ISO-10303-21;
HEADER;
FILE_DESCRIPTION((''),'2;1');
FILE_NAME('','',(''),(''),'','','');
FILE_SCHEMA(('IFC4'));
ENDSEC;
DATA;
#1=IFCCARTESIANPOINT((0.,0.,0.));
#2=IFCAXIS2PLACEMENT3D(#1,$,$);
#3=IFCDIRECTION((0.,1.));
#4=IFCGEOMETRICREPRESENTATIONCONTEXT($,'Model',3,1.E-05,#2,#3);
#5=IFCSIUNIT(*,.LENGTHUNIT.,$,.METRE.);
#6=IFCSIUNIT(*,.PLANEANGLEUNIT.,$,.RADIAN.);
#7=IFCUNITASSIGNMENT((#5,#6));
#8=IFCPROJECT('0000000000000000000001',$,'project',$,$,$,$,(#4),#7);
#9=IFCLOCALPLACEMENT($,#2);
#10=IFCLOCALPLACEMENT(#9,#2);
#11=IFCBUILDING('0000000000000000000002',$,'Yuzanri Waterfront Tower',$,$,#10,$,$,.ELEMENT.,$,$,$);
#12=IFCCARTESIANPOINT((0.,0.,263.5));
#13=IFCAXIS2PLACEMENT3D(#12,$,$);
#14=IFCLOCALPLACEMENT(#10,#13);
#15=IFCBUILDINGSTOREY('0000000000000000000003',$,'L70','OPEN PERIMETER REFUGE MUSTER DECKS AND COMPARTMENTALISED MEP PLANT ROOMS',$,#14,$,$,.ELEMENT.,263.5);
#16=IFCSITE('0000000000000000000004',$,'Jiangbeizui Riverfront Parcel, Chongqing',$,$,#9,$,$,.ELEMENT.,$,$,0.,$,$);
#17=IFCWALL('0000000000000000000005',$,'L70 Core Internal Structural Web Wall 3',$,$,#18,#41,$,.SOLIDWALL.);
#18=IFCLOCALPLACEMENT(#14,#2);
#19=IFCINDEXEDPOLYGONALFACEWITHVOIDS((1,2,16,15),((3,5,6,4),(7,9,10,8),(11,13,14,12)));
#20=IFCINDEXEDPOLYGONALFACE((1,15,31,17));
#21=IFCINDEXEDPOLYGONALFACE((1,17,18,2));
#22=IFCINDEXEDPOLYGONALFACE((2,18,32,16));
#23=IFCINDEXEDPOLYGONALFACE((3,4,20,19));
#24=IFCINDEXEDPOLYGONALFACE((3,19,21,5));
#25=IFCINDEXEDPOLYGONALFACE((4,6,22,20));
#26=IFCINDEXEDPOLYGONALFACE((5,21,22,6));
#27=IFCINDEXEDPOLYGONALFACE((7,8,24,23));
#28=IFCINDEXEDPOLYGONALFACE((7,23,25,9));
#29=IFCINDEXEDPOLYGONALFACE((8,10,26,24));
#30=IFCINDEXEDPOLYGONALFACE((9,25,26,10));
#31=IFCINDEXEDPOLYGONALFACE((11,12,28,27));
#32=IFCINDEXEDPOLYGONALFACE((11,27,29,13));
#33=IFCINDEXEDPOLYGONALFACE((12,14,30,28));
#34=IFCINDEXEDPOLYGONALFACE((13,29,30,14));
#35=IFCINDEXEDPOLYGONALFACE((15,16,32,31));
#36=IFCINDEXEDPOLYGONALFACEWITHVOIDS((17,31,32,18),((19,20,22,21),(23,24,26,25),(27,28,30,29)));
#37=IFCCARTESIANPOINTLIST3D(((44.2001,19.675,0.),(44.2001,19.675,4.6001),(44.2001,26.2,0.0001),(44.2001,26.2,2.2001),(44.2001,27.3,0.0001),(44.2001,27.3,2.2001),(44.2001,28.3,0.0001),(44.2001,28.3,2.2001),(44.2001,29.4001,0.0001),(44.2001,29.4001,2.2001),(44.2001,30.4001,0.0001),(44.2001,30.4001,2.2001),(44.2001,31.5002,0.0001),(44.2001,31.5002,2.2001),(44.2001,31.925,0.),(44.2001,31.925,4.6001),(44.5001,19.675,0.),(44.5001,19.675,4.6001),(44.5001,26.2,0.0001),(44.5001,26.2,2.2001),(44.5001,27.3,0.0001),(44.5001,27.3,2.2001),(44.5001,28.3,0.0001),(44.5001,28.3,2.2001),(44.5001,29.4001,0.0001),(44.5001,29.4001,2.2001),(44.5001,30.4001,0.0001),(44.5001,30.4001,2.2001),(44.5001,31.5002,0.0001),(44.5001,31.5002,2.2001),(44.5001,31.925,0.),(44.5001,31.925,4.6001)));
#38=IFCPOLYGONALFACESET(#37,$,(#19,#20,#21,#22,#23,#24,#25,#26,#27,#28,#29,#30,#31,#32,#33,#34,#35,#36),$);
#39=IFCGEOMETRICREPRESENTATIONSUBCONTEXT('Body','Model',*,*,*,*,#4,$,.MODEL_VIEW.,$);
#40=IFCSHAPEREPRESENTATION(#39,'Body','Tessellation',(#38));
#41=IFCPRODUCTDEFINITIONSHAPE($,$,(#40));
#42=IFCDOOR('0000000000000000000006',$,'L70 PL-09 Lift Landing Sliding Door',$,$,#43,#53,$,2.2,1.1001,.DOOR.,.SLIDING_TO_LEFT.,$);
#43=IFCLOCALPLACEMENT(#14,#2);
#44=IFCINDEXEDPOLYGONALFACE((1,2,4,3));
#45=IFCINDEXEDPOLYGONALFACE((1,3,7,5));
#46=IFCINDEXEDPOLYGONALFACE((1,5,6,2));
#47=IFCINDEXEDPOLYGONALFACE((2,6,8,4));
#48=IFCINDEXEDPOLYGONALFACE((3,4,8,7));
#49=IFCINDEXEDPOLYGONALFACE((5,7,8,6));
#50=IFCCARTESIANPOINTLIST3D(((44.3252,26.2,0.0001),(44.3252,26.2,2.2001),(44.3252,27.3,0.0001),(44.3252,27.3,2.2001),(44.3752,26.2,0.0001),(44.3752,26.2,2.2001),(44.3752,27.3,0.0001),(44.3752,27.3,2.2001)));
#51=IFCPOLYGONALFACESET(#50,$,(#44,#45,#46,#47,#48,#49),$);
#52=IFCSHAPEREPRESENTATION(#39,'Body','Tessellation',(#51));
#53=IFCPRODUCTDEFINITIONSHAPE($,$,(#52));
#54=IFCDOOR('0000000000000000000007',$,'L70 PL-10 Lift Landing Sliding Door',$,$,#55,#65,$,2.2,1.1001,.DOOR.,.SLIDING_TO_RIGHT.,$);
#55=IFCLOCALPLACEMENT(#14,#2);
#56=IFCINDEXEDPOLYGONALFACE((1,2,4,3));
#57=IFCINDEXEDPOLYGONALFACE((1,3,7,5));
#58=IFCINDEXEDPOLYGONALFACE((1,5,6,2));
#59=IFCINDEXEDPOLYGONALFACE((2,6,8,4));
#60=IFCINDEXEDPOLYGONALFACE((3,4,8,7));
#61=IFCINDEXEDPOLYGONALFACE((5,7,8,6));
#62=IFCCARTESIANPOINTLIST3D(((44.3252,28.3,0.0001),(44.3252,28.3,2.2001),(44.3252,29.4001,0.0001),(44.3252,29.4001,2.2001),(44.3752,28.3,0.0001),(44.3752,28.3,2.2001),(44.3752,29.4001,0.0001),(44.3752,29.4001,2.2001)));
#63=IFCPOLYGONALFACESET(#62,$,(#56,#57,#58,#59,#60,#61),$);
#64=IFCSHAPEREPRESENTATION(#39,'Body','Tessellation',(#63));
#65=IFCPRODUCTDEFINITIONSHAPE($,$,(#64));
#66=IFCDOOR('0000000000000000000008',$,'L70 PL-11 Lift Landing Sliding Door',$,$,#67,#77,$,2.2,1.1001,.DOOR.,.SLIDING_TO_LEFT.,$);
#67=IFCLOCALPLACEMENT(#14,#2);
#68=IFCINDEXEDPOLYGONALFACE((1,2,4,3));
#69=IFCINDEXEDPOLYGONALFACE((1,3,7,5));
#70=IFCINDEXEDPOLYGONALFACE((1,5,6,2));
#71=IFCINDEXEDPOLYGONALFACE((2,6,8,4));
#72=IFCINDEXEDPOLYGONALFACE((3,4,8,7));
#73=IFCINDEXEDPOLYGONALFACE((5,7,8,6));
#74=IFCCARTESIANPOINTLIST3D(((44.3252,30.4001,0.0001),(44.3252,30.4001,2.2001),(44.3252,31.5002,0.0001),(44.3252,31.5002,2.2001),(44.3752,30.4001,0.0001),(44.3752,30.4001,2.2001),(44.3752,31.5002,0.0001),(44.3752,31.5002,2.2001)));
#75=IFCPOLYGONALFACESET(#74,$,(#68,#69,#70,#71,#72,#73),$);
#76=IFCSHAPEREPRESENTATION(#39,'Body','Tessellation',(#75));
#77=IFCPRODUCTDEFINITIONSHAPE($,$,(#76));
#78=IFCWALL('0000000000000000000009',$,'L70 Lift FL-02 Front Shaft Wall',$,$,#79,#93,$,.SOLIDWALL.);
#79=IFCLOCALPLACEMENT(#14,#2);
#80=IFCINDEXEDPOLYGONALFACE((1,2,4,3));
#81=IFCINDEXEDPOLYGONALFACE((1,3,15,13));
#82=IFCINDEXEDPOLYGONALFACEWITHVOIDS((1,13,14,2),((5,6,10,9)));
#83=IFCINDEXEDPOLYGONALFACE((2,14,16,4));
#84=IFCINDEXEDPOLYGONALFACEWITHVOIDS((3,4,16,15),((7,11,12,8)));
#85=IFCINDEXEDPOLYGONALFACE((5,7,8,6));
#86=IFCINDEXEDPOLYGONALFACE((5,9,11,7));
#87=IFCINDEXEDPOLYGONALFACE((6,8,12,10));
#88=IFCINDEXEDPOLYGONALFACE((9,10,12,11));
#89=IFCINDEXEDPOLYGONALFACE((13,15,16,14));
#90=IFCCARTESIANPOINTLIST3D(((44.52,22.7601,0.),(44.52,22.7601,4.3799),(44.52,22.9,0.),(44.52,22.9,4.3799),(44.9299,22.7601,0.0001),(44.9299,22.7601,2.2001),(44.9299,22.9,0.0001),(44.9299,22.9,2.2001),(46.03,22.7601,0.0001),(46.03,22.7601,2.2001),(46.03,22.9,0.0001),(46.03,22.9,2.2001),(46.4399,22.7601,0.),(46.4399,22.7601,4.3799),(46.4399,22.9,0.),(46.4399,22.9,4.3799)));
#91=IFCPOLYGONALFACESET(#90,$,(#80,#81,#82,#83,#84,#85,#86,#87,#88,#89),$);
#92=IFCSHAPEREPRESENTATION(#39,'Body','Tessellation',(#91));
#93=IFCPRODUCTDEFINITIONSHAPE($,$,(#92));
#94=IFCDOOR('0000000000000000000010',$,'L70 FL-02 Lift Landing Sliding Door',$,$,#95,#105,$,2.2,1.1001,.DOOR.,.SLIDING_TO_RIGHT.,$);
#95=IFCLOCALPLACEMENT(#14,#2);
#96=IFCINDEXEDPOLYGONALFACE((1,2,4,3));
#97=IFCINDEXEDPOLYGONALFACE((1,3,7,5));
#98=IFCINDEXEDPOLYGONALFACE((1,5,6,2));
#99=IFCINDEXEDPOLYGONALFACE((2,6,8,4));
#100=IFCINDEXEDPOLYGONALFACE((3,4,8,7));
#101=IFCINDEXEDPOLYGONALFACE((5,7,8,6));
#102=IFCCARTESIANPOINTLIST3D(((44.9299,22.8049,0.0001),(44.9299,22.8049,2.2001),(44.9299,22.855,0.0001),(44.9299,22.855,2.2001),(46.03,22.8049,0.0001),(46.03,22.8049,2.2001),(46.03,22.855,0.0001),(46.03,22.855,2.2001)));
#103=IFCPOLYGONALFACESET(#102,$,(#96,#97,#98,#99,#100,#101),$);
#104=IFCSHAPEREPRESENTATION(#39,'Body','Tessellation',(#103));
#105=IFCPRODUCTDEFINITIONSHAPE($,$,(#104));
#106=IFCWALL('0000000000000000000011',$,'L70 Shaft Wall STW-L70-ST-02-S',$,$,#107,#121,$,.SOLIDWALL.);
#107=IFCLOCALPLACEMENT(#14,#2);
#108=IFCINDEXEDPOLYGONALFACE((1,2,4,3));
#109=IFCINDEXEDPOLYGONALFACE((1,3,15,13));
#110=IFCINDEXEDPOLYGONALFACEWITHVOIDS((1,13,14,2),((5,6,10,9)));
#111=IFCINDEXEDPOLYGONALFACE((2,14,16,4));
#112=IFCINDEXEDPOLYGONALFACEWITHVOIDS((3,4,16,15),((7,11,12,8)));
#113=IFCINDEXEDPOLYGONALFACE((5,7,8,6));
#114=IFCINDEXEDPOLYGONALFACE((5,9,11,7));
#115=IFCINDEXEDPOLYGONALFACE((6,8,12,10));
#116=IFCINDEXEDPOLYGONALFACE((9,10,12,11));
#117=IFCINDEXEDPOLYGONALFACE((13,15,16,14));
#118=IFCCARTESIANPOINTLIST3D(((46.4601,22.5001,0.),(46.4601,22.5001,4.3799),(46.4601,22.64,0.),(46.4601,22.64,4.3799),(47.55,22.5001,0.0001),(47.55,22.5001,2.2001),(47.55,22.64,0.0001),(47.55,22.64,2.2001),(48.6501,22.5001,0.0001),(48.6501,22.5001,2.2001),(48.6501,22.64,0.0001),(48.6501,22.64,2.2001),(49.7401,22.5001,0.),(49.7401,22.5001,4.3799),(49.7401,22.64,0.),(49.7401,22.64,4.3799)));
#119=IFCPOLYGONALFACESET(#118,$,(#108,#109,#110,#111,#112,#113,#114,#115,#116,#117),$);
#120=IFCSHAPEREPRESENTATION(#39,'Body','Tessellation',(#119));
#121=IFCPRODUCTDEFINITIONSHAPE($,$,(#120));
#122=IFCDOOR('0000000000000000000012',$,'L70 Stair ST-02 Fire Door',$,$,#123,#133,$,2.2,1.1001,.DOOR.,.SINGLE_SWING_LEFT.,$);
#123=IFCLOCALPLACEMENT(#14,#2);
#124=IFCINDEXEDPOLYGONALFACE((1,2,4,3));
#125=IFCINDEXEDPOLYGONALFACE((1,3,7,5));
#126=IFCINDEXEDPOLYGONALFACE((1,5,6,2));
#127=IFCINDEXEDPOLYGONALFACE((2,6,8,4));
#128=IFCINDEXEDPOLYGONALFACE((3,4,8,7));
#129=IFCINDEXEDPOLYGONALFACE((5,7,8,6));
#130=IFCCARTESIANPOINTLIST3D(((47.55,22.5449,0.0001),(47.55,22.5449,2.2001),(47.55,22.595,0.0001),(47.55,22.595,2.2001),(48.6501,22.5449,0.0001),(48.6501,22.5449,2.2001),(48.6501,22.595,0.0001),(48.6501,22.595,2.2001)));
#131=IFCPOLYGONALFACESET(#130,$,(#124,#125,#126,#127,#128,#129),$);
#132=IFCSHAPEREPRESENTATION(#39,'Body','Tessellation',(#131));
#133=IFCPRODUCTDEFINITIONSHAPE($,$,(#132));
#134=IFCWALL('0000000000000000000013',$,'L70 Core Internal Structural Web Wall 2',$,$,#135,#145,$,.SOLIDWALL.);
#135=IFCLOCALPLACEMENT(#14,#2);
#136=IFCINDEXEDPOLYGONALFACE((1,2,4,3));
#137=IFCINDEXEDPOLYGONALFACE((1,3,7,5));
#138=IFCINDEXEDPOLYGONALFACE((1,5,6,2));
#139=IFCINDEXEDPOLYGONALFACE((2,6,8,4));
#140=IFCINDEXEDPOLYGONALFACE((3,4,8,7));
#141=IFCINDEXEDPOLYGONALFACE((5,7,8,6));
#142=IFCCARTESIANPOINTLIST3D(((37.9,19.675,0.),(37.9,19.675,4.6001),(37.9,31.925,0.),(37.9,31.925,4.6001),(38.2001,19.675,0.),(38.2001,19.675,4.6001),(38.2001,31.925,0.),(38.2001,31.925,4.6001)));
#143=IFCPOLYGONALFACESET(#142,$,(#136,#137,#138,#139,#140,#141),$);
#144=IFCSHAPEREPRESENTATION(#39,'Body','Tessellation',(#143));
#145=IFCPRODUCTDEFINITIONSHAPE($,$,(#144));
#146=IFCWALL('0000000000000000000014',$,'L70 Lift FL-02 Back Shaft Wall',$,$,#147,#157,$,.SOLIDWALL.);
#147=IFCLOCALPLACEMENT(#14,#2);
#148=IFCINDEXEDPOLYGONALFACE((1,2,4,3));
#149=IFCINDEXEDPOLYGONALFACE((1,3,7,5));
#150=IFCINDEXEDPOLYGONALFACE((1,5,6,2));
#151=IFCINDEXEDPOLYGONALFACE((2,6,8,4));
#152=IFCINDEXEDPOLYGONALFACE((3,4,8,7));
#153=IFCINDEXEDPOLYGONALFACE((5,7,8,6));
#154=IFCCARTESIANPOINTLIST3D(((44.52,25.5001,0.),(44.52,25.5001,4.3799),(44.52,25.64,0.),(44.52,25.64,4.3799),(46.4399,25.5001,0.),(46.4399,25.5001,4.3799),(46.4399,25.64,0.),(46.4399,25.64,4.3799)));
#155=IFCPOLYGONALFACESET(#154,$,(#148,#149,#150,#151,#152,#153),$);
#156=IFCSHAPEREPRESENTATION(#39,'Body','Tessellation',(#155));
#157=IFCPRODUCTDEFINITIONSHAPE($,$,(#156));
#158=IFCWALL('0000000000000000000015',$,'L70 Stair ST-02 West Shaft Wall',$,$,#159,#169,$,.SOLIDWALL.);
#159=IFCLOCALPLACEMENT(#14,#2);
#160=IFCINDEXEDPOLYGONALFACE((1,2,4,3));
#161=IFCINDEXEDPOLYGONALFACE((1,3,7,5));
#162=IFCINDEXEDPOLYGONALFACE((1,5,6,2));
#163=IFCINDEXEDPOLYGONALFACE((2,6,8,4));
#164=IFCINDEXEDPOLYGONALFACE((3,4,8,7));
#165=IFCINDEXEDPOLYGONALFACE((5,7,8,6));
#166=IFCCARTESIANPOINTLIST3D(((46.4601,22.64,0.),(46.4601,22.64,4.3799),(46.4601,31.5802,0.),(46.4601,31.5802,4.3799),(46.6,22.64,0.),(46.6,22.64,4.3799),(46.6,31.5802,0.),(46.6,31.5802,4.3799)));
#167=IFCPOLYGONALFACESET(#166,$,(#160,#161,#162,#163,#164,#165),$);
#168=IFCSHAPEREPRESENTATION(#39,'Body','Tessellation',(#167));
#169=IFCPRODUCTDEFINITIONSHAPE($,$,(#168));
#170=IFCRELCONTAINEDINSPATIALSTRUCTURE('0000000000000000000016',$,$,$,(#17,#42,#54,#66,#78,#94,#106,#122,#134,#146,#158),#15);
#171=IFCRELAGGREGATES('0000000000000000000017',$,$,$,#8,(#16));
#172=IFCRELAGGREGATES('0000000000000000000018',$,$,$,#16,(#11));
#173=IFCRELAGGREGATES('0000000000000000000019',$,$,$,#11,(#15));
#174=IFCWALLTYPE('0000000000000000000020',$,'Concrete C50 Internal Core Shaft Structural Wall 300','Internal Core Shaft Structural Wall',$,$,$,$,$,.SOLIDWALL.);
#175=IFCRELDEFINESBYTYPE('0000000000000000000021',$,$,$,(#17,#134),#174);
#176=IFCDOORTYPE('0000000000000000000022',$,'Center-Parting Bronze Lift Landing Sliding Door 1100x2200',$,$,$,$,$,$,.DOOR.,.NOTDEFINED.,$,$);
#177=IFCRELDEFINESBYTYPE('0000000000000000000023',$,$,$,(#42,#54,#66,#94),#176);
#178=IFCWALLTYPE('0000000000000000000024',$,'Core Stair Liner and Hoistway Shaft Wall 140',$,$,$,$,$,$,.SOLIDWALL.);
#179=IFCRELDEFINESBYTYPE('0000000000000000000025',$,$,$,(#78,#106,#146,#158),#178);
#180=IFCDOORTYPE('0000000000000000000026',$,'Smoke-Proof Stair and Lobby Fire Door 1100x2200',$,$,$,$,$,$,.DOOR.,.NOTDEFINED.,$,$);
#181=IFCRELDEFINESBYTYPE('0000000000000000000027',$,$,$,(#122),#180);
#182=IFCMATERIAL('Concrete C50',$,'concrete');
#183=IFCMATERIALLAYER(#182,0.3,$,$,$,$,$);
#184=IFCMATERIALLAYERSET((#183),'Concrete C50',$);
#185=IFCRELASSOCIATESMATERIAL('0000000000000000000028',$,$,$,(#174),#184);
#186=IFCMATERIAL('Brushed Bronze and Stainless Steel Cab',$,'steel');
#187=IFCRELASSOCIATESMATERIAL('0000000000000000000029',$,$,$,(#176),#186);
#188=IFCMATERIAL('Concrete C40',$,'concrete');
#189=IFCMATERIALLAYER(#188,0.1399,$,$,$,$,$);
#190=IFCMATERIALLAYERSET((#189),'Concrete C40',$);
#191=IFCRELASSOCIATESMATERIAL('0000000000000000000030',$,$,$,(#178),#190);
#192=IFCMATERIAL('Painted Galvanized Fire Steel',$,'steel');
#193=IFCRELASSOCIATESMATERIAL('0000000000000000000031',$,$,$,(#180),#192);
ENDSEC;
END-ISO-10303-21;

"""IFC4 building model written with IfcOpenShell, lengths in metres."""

from ifc_helpers import new_model, si_unit, direction, frame, frame_2d, origin, place, context, subcontext, project, spatial, rectangle, extrude, source, transform, mapped, material, layer, layer_set, type_object, element, fill, save


model = new_model("IFC4")

# Units and contexts
model_context = context("Model", 3, precision=1e-05, world=origin(), true_north=direction((0.0, 1.0)))
body_context = subcontext(model_context, "Body", "Model", "MODEL_VIEW")
ifc_project = project(units=[si_unit("LENGTHUNIT", "METRE"), si_unit("PLANEANGLEUNIT", "RADIAN")], contexts=[model_context])

# Site, building, storey
site_placement = place(None, origin())
site = spatial("IfcSite", under=ifc_project, at=site_placement, Name="Jiangbeizui Riverfront Parcel, Chongqing", CompositionType="ELEMENT", RefElevation=0.0)
building_placement = place(site_placement, origin())
building = spatial("IfcBuilding", under=site, at=building_placement, Name="Yuzanri Waterfront Tower", CompositionType="ELEMENT")
storey_placement = place(building_placement, frame((0.0, 0.0, 263.5)))
storey = spatial("IfcBuildingStorey", under=building, at=storey_placement, Name="L70", Description="OPEN PERIMETER REFUGE MUSTER DECKS AND COMPARTMENTALISED MEP PLANT ROOMS", CompositionType="ELEMENT", Elevation=263.5)

# Wall, openings, doors
ifc_material_1 = material(Name="Concrete C50", Category="concrete")
ifc_layer_1 = layer(ifc_material_1, 0.3)
ifc_layer_set_1 = layer_set([ifc_layer_1], Name="Concrete C50")
wall_type_1 = type_object("IfcWallType", Name="Concrete C50 Internal Core Shaft Structural Wall 300", Description="Internal Core Shaft Structural Wall", PredefinedType="SOLIDWALL", material=ifc_layer_set_1)
wall_1_placement = place(storey_placement, frame((44.3501, 19.675, 0.0), z_axis=(0.0, 0.0, 1.0), x_axis=(0.0, 1.0, 0.0)))
wall_1 = element("IfcWall", 1, at=wall_1_placement, inside=storey, type_object=wall_type_1, Name="L70 Core Internal Structural Web Wall 3", PredefinedType="SOLIDWALL", context=body_context, shape_type="SweptSolid", body=[
    extrude(rectangle(XDim=12.25, YDim=0.3, at=frame_2d((6.125, 0.0))), origin(), (0.0, 0.0, 1.0), 4.6001),
])
opening_1_placement = place(wall_1_placement, frame((6.5249, 0.0, 0.0)))
opening_1 = element("IfcOpeningElement", 2, at=opening_1_placement, cuts=wall_1, PredefinedType="OPENING", context=body_context, shape_type="SweptSolid", body=[
    extrude(rectangle(XDim=1.1001, YDim=2.2, at=frame_2d((0.55, 1.1001))), frame((0.0, 0.165, 0.0), z_axis=(0.0, -1.0, 0.0), x_axis=(1.0, 0.0, 0.0)), (0.0, 0.0, 1.0), 0.3298),
])
opening_2_placement = place(wall_1_placement, frame((8.625, 0.0, 0.0)))
opening_2 = element("IfcOpeningElement", 3, at=opening_2_placement, cuts=wall_1, PredefinedType="OPENING", context=body_context, shape_type="SweptSolid", body=[
    extrude(rectangle(XDim=1.1001, YDim=2.2, at=frame_2d((0.55, 1.1001))), frame((0.0, 0.165, 0.0), z_axis=(0.0, -1.0, 0.0), x_axis=(1.0, 0.0, 0.0)), (0.0, 0.0, 1.0), 0.3298),
])
opening_3_placement = place(wall_1_placement, frame((10.7251, 0.0, 0.0)))
opening_3 = element("IfcOpeningElement", 4, at=opening_3_placement, cuts=wall_1, PredefinedType="OPENING", context=body_context, shape_type="SweptSolid", body=[
    extrude(rectangle(XDim=1.1001, YDim=2.2, at=frame_2d((0.55, 1.1001))), frame((0.0, 0.165, 0.0), z_axis=(0.0, -1.0, 0.0), x_axis=(1.0, 0.0, 0.0)), (0.0, 0.0, 1.0), 0.3298),
])
ifc_material_2 = material(Name="Brushed Bronze and Stainless Steel Cab", Category="steel")
door_type_1 = type_object("IfcDoorType", Name="Center-Parting Bronze Lift Landing Sliding Door 1100x2200", OperationType="NOTDEFINED", PredefinedType="DOOR", material=ifc_material_2)
shared_shape_1 = source(origin(), body_context, "Body", "SweptSolid", [
    extrude(rectangle(XDim=1.1001, YDim=2.2, at=frame_2d((0.55, 1.1001))), frame((0.0, 0.0249, 0.0), z_axis=(0.0, -1.0, 0.0), x_axis=(1.0, 0.0, 0.0)), (0.0, 0.0, 1.0), 0.05),
])
door_1_placement = place(opening_1_placement, origin())
door_1 = element("IfcDoor", 5, at=door_1_placement, inside=storey, type_object=door_type_1, Name="L70 PL-09 Lift Landing Sliding Door", OperationType="SLIDING_TO_LEFT", OverallHeight=2.2, OverallWidth=1.1001, PredefinedType="DOOR", context=body_context, shape_type="MappedRepresentation", body=[
    mapped(shared_shape_1, transform((0.0, 0.0, 0.0), scale=1.0)),
])
fill(opening_1, door_1)
door_2_placement = place(opening_2_placement, origin())
door_2 = element("IfcDoor", 6, at=door_2_placement, inside=storey, type_object=door_type_1, Name="L70 PL-10 Lift Landing Sliding Door", OperationType="SLIDING_TO_RIGHT", OverallHeight=2.2, OverallWidth=1.1001, PredefinedType="DOOR", context=body_context, shape_type="MappedRepresentation", body=[
    mapped(shared_shape_1, transform((0.0, 0.0, 0.0), scale=1.0)),
])
fill(opening_2, door_2)
door_3_placement = place(opening_3_placement, origin())
door_3 = element("IfcDoor", 7, at=door_3_placement, inside=storey, type_object=door_type_1, Name="L70 PL-11 Lift Landing Sliding Door", OperationType="SLIDING_TO_LEFT", OverallHeight=2.2, OverallWidth=1.1001, PredefinedType="DOOR", context=body_context, shape_type="MappedRepresentation", body=[
    mapped(shared_shape_1, transform((0.0, 0.0, 0.0), scale=1.0)),
])
fill(opening_3, door_3)

# Walls, openings, doors
ifc_material_3 = material(Name="Concrete C40", Category="concrete")
ifc_layer_2 = layer(ifc_material_3, 0.1399)
ifc_layer_set_2 = layer_set([ifc_layer_2], Name="Concrete C40")
wall_type_2 = type_object("IfcWallType", Name="Core Stair Liner and Hoistway Shaft Wall 140", PredefinedType="SOLIDWALL", material=ifc_layer_set_2)
wall_2_placement = place(storey_placement, frame((44.52, 22.8301, 0.0), z_axis=(0.0, 0.0, 1.0), x_axis=(1.0, 0.0, 0.0)))
wall_2 = element("IfcWall", 8, at=wall_2_placement, inside=storey, type_object=wall_type_2, Name="L70 Lift FL-02 Front Shaft Wall", PredefinedType="SOLIDWALL", context=body_context, shape_type="SweptSolid", body=[
    extrude(rectangle(XDim=1.9199, YDim=0.1399, at=frame_2d((0.96, 0.0))), origin(), (0.0, 0.0, 1.0), 4.3799),
])
opening_4_placement = place(wall_2_placement, frame((0.4099, 0.0, 0.0)))
opening_4 = element("IfcOpeningElement", 9, at=opening_4_placement, cuts=wall_2, PredefinedType="OPENING", context=body_context, shape_type="SweptSolid", body=[
    extrude(rectangle(XDim=1.1001, YDim=2.2, at=frame_2d((0.55, 1.1001))), frame((0.0, 0.085, 0.0), z_axis=(0.0, -1.0, 0.0), x_axis=(1.0, 0.0, 0.0)), (0.0, 0.0, 1.0), 0.1697),
])
door_4_placement = place(opening_4_placement, origin())
door_4 = element("IfcDoor", 10, at=door_4_placement, inside=storey, type_object=door_type_1, Name="L70 FL-02 Lift Landing Sliding Door", OperationType="SLIDING_TO_RIGHT", OverallHeight=2.2, OverallWidth=1.1001, PredefinedType="DOOR", context=body_context, shape_type="MappedRepresentation", body=[
    mapped(shared_shape_1, transform((0.0, 0.0, 0.0), scale=1.0)),
])
fill(opening_4, door_4)
wall_3_placement = place(storey_placement, frame((46.46, 22.5701, 0.0), z_axis=(0.0, 0.0, 1.0), x_axis=(1.0, 0.0, 0.0)))
wall_3 = element("IfcWall", 11, at=wall_3_placement, inside=storey, type_object=wall_type_2, Name="L70 Shaft Wall STW-L70-ST-02-S", PredefinedType="SOLIDWALL", context=body_context, shape_type="SweptSolid", body=[
    extrude(rectangle(XDim=3.28, YDim=0.1399, at=frame_2d((1.6401, 0.0))), origin(), (0.0, 0.0, 1.0), 4.3799),
])
opening_5_placement = place(wall_3_placement, frame((1.0901, 0.0, 0.0)))
opening_5 = element("IfcOpeningElement", 12, at=opening_5_placement, cuts=wall_3, PredefinedType="OPENING", context=body_context, shape_type="SweptSolid", body=[
    extrude(rectangle(XDim=1.1001, YDim=2.2, at=frame_2d((0.55, 1.1001))), frame((0.0, 0.085, 0.0), z_axis=(0.0, -1.0, 0.0), x_axis=(1.0, 0.0, 0.0)), (0.0, 0.0, 1.0), 0.1697),
])
ifc_material_4 = material(Name="Painted Galvanized Fire Steel", Category="steel")
door_type_2 = type_object("IfcDoorType", Name="Smoke-Proof Stair and Lobby Fire Door 1100x2200", OperationType="NOTDEFINED", PredefinedType="DOOR", material=ifc_material_4)
shared_shape_2 = source(origin(), body_context, "Body", "SweptSolid", [
    extrude(rectangle(XDim=1.1001, YDim=2.2, at=frame_2d((0.55, 1.1001))), frame((0.0, 0.0249, 0.0), z_axis=(0.0, -1.0, 0.0), x_axis=(1.0, 0.0, 0.0)), (0.0, 0.0, 1.0), 0.05),
])
door_5_placement = place(opening_5_placement, origin())
door_5 = element("IfcDoor", 13, at=door_5_placement, inside=storey, type_object=door_type_2, Name="L70 Stair ST-02 Fire Door", OperationType="SINGLE_SWING_LEFT", OverallHeight=2.2, OverallWidth=1.1001, PredefinedType="DOOR", context=body_context, shape_type="MappedRepresentation", body=[
    mapped(shared_shape_2, transform((0.0, 0.0, 0.0), scale=1.0)),
])
fill(opening_5, door_5)

# Walls
shared_shape_3 = source(origin(), body_context, "Body", "SweptSolid", [
    extrude(rectangle(XDim=12.25, YDim=0.3, at=frame_2d((6.125, 0.0))), origin(), (0.0, 0.0, 1.0), 4.6001),
])
wall_4_placement = place(storey_placement, frame((38.05, 19.675, 0.0), z_axis=(0.0, 0.0, 1.0), x_axis=(0.0, 1.0, 0.0)))
element("IfcWall", 14, at=wall_4_placement, inside=storey, type_object=wall_type_1, Name="L70 Core Internal Structural Web Wall 2", PredefinedType="SOLIDWALL", context=body_context, shape_type="MappedRepresentation", body=[
    mapped(shared_shape_3, transform((0.0, 0.0, 0.0), scale=1.0)),
])
shared_shape_4 = source(origin(), body_context, "Body", "SweptSolid", [
    extrude(rectangle(XDim=1.9199, YDim=0.1399, at=frame_2d((0.96, 0.0))), origin(), (0.0, 0.0, 1.0), 4.3799),
])
wall_5_placement = place(storey_placement, frame((44.52, 25.5701, 0.0), z_axis=(0.0, 0.0, 1.0), x_axis=(1.0, 0.0, 0.0)))
element("IfcWall", 15, at=wall_5_placement, inside=storey, type_object=wall_type_2, Name="L70 Lift FL-02 Back Shaft Wall", PredefinedType="SOLIDWALL", context=body_context, shape_type="MappedRepresentation", body=[
    mapped(shared_shape_4, transform((0.0, 0.0, 0.0), scale=1.0)),
])
shared_shape_5 = source(origin(), body_context, "Body", "SweptSolid", [
    extrude(rectangle(XDim=8.9402, YDim=0.1399, at=frame_2d((4.4702, 0.0))), origin(), (0.0, 0.0, 1.0), 4.3799),
])
wall_6_placement = place(storey_placement, frame((46.53, 22.6399, 0.0), z_axis=(0.0, 0.0, 1.0), x_axis=(0.0, 1.0, 0.0)))
element("IfcWall", 16, at=wall_6_placement, inside=storey, type_object=wall_type_2, Name="L70 Stair ST-02 West Shaft Wall", PredefinedType="SOLIDWALL", context=body_context, shape_type="MappedRepresentation", body=[
    mapped(shared_shape_5, transform((0.0, 0.0, 0.0), scale=1.0)),
])

save(model, "model.ifc")
